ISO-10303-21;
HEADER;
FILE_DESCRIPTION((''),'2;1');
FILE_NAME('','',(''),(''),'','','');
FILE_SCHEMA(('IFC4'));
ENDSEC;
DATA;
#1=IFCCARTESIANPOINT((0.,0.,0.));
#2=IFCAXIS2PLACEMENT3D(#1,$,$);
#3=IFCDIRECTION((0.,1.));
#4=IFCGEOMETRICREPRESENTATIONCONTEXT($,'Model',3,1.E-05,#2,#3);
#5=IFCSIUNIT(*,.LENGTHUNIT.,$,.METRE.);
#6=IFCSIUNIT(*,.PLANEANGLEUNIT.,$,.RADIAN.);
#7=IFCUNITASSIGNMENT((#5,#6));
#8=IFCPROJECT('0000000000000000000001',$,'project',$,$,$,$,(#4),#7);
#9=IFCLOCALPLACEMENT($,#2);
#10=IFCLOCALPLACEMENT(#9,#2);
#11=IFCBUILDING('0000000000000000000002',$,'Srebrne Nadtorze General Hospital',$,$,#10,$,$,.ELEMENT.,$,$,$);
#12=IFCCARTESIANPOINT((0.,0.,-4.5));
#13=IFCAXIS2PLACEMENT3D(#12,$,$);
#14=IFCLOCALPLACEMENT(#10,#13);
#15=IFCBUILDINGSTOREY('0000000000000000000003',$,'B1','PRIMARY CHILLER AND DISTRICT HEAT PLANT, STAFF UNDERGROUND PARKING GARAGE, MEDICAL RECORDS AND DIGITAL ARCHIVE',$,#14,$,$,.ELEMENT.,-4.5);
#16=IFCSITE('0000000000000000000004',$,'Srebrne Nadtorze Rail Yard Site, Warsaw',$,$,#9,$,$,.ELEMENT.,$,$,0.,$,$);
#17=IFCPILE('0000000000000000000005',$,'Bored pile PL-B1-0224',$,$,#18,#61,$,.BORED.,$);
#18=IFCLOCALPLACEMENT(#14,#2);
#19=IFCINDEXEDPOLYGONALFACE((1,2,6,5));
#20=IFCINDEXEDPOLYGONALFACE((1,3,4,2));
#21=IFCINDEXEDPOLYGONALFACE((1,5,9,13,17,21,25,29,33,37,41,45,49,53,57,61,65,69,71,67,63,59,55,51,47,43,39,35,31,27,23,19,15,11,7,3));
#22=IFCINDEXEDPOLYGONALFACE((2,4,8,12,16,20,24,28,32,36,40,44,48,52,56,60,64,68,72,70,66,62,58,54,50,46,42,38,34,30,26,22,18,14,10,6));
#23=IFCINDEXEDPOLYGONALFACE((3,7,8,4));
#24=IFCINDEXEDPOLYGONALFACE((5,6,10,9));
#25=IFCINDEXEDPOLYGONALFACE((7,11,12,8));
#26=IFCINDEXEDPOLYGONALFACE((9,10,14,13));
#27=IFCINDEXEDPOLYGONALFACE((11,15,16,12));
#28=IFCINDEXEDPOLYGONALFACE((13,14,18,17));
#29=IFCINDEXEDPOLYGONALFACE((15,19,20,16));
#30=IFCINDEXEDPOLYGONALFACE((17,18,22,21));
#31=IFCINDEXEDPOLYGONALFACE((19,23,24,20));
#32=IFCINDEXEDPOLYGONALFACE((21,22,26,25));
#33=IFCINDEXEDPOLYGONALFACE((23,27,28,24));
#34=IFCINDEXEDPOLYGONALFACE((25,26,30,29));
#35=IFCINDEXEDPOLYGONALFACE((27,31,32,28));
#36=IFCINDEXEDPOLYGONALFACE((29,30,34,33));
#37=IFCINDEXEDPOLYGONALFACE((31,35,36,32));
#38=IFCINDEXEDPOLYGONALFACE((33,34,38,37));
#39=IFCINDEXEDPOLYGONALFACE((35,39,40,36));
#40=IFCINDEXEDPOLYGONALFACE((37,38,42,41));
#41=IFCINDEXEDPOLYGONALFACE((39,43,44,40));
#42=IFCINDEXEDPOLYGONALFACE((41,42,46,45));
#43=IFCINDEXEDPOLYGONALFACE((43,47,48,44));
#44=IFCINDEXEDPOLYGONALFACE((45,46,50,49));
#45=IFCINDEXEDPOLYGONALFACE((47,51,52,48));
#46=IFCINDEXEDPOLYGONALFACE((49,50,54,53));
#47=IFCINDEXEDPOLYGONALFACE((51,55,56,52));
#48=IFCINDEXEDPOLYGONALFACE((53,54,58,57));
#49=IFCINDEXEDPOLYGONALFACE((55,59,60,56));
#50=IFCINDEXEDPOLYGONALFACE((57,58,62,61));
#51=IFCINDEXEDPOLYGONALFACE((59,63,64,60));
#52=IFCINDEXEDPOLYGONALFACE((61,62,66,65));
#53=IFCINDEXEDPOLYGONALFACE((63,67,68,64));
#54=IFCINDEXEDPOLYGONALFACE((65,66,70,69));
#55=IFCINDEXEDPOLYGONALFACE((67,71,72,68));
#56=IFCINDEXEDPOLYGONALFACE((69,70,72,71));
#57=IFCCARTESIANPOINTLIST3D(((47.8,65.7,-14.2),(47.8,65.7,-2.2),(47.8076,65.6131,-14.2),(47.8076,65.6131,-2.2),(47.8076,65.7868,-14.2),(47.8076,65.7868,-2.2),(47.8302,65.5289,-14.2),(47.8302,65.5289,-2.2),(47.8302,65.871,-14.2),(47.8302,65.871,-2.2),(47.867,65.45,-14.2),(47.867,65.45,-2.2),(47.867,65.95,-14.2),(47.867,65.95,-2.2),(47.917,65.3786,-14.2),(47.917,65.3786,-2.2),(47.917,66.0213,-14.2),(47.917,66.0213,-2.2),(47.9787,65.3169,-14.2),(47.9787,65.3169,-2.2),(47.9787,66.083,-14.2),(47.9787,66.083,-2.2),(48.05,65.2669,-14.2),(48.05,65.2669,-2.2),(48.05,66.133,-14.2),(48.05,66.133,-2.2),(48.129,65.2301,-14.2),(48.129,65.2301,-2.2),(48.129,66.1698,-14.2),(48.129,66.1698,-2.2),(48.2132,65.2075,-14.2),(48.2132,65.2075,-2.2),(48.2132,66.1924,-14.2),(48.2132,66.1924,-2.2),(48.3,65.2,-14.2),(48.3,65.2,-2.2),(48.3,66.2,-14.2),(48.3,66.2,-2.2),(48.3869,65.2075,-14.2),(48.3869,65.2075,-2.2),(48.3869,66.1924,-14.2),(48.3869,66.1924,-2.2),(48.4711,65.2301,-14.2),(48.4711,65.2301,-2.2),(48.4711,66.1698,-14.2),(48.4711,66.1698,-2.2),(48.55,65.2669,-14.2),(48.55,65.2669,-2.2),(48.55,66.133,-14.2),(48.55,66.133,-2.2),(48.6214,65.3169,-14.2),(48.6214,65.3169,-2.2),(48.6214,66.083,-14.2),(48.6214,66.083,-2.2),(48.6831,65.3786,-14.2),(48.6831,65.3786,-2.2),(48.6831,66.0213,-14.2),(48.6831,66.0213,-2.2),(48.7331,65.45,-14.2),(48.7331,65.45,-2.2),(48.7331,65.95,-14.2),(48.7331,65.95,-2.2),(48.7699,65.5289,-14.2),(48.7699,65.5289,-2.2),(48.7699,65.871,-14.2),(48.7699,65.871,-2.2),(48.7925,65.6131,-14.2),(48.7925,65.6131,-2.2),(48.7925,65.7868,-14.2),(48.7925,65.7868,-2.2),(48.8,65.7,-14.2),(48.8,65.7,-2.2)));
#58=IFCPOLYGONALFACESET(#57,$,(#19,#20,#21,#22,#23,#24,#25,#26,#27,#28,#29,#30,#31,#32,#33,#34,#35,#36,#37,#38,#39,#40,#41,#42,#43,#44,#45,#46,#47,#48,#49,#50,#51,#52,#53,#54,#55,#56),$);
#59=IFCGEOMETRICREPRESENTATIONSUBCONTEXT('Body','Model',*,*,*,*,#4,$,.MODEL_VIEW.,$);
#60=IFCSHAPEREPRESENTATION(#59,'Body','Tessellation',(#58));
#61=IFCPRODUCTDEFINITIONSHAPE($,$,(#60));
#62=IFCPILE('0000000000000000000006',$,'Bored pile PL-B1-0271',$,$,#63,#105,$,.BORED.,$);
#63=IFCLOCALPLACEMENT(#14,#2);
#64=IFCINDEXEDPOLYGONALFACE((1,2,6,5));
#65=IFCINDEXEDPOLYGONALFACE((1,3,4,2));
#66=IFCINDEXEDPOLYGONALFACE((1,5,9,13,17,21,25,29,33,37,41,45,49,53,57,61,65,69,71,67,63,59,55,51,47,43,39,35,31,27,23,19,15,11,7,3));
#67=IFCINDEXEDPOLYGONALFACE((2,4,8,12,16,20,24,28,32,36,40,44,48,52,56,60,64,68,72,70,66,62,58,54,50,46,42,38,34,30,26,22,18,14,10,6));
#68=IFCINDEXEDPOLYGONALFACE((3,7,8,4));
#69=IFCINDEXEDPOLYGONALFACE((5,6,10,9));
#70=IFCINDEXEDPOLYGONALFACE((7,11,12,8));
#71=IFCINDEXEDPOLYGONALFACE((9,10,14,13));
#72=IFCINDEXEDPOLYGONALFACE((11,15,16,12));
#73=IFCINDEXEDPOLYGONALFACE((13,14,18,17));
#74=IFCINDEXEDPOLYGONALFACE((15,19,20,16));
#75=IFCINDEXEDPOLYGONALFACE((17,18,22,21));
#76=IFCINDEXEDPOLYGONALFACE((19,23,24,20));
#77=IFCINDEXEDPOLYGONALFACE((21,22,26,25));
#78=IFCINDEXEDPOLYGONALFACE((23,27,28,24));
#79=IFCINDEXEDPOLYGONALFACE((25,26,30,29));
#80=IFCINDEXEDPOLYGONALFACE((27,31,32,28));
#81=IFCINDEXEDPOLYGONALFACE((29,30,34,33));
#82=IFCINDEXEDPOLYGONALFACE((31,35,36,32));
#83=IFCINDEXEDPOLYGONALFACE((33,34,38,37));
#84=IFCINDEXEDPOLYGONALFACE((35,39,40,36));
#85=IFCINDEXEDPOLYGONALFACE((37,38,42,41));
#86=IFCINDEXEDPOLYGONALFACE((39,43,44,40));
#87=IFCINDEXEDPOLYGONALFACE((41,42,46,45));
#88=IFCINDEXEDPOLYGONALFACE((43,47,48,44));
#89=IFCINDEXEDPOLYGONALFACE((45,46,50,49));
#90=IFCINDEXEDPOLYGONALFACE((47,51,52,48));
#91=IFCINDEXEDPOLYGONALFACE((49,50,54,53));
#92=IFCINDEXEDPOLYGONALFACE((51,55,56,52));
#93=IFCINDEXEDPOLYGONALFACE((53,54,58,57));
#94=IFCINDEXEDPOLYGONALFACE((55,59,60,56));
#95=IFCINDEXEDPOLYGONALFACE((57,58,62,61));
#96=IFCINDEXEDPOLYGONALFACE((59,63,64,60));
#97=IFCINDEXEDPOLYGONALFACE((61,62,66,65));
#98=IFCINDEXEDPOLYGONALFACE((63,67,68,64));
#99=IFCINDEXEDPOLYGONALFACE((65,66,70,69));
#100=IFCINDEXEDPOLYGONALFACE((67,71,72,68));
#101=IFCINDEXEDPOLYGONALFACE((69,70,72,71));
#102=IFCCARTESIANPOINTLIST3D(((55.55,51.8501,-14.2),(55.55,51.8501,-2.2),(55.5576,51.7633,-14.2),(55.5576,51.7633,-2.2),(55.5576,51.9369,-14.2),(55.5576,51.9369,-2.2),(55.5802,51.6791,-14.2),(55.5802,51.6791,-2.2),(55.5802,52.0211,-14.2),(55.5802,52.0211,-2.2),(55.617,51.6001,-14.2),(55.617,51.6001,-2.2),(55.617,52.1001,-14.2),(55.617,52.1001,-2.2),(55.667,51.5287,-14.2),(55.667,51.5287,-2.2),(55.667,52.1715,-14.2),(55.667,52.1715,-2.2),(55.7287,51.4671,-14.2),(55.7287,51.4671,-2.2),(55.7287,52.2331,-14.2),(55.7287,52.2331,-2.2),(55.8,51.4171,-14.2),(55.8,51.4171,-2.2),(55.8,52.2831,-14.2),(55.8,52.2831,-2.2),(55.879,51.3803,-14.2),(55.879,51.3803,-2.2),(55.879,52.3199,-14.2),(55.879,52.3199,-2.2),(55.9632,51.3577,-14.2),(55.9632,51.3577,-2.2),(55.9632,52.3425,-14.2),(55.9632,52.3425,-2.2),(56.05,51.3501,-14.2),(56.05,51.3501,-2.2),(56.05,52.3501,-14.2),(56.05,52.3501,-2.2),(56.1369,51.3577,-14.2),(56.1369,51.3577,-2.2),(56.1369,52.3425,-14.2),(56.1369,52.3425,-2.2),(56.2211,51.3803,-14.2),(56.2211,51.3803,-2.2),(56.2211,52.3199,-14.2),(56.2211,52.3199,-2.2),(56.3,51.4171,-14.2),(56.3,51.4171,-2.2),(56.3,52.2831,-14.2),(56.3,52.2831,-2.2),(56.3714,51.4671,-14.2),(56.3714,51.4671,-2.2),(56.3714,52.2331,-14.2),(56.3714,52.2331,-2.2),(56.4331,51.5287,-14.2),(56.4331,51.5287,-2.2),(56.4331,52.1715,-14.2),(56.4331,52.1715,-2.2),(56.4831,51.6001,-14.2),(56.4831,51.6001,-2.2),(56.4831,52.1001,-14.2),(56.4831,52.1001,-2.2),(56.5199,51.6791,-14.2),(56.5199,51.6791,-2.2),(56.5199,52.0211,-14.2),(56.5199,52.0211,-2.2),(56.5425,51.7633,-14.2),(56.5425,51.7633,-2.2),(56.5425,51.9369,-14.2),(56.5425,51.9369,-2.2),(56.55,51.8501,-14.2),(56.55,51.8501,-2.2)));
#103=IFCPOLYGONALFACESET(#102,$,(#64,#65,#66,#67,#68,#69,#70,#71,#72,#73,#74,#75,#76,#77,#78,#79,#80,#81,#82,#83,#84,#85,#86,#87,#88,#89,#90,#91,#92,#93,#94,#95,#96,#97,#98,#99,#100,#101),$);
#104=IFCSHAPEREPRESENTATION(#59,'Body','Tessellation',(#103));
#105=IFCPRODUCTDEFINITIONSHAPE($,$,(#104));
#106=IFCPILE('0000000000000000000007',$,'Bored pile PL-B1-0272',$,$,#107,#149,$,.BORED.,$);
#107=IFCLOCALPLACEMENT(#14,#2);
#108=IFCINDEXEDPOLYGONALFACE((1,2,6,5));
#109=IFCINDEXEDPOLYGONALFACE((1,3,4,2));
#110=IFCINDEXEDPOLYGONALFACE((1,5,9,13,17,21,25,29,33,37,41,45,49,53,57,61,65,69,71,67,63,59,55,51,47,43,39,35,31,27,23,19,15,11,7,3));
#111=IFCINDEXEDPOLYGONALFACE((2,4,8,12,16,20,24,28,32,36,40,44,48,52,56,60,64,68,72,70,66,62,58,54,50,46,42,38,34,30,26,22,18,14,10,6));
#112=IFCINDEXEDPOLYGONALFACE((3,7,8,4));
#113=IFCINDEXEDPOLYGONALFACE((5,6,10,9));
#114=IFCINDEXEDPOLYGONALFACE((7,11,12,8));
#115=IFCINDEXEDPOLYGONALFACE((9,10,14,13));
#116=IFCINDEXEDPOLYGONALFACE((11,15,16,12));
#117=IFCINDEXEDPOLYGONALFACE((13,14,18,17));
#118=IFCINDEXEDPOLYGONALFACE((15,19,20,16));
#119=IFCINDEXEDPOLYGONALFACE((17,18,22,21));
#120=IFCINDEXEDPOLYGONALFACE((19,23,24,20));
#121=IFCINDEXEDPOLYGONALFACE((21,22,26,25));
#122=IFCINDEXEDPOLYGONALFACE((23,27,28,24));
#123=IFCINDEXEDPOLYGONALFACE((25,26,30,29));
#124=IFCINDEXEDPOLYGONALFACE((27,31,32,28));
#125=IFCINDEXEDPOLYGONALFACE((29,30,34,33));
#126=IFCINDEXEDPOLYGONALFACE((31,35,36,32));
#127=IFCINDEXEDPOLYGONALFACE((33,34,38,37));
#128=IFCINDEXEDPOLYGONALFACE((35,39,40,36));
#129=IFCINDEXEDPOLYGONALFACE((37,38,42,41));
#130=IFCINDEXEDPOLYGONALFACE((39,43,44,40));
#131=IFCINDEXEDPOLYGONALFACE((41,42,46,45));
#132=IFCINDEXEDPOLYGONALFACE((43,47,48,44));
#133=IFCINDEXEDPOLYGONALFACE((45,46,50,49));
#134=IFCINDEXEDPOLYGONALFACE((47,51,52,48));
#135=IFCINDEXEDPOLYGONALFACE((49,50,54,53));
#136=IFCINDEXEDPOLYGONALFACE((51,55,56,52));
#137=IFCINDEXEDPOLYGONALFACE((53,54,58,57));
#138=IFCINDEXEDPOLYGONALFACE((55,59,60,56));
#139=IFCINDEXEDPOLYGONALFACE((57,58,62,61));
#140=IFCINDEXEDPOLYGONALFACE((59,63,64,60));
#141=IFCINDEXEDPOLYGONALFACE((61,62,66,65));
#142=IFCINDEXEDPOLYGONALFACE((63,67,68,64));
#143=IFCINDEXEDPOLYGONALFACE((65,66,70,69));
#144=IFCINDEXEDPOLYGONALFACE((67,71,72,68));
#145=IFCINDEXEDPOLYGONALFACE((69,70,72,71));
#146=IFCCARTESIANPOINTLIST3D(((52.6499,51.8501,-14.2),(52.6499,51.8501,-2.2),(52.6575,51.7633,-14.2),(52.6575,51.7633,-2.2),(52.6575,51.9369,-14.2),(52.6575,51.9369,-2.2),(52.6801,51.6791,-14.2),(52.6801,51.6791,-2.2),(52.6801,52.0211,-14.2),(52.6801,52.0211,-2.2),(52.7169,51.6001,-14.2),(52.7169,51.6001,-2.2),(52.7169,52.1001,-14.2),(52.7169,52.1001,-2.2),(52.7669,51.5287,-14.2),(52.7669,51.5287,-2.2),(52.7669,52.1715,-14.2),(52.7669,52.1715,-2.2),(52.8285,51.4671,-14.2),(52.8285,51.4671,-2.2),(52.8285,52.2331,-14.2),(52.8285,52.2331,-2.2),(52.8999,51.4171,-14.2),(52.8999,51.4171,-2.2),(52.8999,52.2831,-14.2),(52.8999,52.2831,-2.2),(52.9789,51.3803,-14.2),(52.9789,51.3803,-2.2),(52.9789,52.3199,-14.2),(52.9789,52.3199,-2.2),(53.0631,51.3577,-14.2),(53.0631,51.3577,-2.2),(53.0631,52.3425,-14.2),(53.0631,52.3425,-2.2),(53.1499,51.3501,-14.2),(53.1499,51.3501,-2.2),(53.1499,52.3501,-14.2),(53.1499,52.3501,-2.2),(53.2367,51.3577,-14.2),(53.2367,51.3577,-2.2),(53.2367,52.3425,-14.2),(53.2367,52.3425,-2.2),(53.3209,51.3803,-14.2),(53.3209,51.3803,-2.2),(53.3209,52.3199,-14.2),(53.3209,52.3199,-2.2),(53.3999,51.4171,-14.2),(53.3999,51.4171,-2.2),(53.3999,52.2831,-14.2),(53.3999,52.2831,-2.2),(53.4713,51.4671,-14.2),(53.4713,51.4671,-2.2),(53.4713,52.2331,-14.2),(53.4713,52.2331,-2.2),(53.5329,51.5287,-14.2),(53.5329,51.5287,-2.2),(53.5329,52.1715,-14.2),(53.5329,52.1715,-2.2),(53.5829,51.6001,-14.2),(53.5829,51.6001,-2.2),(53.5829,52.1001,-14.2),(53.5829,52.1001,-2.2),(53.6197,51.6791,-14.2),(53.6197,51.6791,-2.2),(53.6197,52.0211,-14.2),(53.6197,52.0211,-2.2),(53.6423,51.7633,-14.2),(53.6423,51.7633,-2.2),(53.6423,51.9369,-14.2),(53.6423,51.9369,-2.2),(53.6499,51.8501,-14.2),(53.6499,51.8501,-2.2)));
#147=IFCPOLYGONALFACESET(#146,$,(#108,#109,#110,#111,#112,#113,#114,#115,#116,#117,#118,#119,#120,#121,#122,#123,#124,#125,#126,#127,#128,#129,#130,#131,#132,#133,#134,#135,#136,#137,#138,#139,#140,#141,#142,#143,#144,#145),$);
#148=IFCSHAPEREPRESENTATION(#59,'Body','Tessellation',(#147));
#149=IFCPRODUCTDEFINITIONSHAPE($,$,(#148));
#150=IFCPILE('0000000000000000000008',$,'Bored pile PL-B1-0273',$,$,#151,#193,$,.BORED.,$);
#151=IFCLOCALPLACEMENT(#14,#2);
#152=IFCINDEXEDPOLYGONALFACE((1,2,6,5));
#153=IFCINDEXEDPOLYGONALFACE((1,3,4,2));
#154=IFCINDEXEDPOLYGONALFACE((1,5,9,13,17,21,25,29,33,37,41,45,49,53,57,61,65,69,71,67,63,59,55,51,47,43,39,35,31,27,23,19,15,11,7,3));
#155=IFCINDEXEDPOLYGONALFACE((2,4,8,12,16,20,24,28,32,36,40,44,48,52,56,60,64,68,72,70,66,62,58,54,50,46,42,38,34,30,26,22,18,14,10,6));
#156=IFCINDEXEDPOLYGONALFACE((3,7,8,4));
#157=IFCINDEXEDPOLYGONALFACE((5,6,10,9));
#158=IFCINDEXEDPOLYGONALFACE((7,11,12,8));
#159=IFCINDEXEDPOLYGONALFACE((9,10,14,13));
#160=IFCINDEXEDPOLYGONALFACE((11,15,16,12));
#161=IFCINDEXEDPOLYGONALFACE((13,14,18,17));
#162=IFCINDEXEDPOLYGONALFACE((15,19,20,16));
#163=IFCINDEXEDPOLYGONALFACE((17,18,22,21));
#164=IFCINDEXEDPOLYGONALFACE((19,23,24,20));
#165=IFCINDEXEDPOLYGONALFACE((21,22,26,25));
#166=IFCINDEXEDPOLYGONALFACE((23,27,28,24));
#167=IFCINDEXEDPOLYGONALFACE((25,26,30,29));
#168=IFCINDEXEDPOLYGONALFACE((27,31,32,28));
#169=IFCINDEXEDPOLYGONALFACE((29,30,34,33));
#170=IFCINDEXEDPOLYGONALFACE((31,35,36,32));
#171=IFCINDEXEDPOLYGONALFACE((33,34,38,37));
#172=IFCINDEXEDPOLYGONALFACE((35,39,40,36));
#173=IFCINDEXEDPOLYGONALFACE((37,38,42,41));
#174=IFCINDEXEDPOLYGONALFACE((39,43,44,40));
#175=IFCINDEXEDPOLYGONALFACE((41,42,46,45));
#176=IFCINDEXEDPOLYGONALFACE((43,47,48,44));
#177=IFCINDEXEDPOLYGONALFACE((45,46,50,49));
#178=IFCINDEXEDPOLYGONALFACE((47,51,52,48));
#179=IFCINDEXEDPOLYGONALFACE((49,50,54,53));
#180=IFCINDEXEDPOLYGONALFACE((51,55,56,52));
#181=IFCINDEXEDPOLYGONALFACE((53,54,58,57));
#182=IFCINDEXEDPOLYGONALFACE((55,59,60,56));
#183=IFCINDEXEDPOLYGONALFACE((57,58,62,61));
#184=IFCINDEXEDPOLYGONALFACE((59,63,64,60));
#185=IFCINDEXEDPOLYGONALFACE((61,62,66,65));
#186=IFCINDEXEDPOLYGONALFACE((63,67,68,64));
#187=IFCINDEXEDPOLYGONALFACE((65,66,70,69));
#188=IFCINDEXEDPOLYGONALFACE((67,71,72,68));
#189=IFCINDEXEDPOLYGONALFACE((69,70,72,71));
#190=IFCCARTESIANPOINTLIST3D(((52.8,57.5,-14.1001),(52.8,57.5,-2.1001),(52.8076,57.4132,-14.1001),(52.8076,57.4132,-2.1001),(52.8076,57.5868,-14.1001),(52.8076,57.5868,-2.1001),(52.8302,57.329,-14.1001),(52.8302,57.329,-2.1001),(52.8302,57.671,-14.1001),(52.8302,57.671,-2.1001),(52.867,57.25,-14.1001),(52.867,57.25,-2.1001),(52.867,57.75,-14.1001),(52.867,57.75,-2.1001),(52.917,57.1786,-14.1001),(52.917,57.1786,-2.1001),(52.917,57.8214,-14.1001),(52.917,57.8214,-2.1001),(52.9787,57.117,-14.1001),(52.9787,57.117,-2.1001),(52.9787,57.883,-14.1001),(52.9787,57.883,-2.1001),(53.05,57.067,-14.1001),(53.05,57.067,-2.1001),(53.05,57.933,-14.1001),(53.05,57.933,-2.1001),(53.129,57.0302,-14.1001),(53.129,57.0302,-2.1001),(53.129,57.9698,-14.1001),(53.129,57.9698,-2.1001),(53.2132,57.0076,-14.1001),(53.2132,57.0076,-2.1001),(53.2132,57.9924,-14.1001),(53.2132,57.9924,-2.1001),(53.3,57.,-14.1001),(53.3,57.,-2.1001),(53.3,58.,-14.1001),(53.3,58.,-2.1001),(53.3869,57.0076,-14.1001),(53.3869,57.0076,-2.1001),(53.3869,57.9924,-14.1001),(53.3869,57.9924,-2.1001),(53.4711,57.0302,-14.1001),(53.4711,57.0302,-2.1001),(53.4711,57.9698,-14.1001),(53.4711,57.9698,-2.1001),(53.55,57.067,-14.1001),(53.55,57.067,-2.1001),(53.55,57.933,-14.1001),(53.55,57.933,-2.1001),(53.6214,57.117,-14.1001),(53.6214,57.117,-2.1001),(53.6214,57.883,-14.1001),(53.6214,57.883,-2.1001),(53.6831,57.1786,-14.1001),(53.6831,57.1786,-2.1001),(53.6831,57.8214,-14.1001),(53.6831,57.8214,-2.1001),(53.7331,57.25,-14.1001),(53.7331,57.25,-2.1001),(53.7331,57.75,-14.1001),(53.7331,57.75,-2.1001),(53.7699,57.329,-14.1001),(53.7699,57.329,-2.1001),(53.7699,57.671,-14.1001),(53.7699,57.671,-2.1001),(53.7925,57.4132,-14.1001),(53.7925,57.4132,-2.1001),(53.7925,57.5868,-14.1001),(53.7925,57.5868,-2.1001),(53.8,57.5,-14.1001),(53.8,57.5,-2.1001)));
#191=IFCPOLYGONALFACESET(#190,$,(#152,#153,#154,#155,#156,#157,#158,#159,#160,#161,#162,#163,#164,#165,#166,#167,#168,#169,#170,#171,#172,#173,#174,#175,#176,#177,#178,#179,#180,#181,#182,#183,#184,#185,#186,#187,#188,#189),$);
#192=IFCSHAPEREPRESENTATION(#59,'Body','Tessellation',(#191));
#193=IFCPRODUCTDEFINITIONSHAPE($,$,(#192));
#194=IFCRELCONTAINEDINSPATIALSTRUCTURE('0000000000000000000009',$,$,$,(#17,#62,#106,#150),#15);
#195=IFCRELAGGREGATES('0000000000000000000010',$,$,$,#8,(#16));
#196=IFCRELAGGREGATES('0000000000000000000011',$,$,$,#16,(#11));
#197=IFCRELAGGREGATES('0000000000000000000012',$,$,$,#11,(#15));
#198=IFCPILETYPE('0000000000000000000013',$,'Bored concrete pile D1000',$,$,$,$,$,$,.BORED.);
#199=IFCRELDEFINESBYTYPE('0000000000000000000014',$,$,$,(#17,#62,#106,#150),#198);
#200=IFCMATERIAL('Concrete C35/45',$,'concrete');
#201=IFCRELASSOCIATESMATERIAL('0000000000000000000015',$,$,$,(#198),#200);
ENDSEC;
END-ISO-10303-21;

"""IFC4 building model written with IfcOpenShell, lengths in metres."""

from ifc_helpers import new_model, si_unit, direction, frame, origin, origin_2d, place, context, subcontext, project, spatial, circle, extrude, material, material_profile, profile_set, type_object, element, save


model = new_model("IFC4")

# Units and contexts
model_context = context("Model", 3, precision=1e-05, world=origin(), true_north=direction((0.0, 1.0)))
body_context = subcontext(model_context, "Body", "Model", "MODEL_VIEW")
ifc_project = project(units=[si_unit("LENGTHUNIT", "METRE"), si_unit("PLANEANGLEUNIT", "RADIAN")], contexts=[model_context])

# Site, building, storey
site_placement = place(None, origin())
site = spatial("IfcSite", under=ifc_project, at=site_placement, Name="Srebrne Nadtorze Rail Yard Site, Warsaw", CompositionType="ELEMENT", RefElevation=0.0)
building_placement = place(site_placement, origin())
building = spatial("IfcBuilding", under=site, at=building_placement, Name="Srebrne Nadtorze General Hospital", CompositionType="ELEMENT")
storey_placement = place(building_placement, frame((0.0, 0.0, -4.5)))
storey = spatial("IfcBuildingStorey", under=building, at=storey_placement, Name="B1", Description="PRIMARY CHILLER AND DISTRICT HEAT PLANT, STAFF UNDERGROUND PARKING GARAGE, MEDICAL RECORDS AND DIGITAL ARCHIVE", CompositionType="ELEMENT", Elevation=-4.5)

# Piles
ifc_material_1 = material(Name="Concrete C35/45", Category="concrete")
ifc_material_profile_1 = material_profile(ifc_material_1, circle(Radius=0.5, at=origin_2d()), Name="PILE-D1000")
ifc_profile_set_1 = profile_set([ifc_material_profile_1], Name="Concrete C35/45")
pile_type_1 = type_object("IfcPileType", Name="Bored concrete pile D1000", PredefinedType="BORED", material=ifc_profile_set_1)
for number, where, z_axis, x_axis, name in (
    (1, (48.3, 65.7, -2.2), (0.0, 0.0, -1.0), (1.0, 0.0, 0.0), "Bored pile PL-B1-0224"),
    (2, (56.05, 51.8501, -2.2), (0.0, 0.0, -1.0), (1.0, 0.0, 0.0), "Bored pile PL-B1-0271"),
    (3, (53.1499, 51.8501, -2.2), (0.0, 0.0, -1.0), (1.0, 0.0, 0.0), "Bored pile PL-B1-0272"),
    (4, (53.3, 57.5, -2.1001), (0.0, 0.0, -1.0), (1.0, 0.0, 0.0), "Bored pile PL-B1-0273"),
):
    element("IfcPile", number, at=place(storey_placement, frame(where, z_axis=z_axis, x_axis=x_axis)), inside=storey, type_object=pile_type_1, Name=name, PredefinedType="BORED", context=body_context, shape_type="SweptSolid", body=[
        extrude(circle(Radius=0.5, at=origin_2d()), origin(), (0.0, 0.0, 1.0), 12.0),
    ])

save(model, "model.ifc")
